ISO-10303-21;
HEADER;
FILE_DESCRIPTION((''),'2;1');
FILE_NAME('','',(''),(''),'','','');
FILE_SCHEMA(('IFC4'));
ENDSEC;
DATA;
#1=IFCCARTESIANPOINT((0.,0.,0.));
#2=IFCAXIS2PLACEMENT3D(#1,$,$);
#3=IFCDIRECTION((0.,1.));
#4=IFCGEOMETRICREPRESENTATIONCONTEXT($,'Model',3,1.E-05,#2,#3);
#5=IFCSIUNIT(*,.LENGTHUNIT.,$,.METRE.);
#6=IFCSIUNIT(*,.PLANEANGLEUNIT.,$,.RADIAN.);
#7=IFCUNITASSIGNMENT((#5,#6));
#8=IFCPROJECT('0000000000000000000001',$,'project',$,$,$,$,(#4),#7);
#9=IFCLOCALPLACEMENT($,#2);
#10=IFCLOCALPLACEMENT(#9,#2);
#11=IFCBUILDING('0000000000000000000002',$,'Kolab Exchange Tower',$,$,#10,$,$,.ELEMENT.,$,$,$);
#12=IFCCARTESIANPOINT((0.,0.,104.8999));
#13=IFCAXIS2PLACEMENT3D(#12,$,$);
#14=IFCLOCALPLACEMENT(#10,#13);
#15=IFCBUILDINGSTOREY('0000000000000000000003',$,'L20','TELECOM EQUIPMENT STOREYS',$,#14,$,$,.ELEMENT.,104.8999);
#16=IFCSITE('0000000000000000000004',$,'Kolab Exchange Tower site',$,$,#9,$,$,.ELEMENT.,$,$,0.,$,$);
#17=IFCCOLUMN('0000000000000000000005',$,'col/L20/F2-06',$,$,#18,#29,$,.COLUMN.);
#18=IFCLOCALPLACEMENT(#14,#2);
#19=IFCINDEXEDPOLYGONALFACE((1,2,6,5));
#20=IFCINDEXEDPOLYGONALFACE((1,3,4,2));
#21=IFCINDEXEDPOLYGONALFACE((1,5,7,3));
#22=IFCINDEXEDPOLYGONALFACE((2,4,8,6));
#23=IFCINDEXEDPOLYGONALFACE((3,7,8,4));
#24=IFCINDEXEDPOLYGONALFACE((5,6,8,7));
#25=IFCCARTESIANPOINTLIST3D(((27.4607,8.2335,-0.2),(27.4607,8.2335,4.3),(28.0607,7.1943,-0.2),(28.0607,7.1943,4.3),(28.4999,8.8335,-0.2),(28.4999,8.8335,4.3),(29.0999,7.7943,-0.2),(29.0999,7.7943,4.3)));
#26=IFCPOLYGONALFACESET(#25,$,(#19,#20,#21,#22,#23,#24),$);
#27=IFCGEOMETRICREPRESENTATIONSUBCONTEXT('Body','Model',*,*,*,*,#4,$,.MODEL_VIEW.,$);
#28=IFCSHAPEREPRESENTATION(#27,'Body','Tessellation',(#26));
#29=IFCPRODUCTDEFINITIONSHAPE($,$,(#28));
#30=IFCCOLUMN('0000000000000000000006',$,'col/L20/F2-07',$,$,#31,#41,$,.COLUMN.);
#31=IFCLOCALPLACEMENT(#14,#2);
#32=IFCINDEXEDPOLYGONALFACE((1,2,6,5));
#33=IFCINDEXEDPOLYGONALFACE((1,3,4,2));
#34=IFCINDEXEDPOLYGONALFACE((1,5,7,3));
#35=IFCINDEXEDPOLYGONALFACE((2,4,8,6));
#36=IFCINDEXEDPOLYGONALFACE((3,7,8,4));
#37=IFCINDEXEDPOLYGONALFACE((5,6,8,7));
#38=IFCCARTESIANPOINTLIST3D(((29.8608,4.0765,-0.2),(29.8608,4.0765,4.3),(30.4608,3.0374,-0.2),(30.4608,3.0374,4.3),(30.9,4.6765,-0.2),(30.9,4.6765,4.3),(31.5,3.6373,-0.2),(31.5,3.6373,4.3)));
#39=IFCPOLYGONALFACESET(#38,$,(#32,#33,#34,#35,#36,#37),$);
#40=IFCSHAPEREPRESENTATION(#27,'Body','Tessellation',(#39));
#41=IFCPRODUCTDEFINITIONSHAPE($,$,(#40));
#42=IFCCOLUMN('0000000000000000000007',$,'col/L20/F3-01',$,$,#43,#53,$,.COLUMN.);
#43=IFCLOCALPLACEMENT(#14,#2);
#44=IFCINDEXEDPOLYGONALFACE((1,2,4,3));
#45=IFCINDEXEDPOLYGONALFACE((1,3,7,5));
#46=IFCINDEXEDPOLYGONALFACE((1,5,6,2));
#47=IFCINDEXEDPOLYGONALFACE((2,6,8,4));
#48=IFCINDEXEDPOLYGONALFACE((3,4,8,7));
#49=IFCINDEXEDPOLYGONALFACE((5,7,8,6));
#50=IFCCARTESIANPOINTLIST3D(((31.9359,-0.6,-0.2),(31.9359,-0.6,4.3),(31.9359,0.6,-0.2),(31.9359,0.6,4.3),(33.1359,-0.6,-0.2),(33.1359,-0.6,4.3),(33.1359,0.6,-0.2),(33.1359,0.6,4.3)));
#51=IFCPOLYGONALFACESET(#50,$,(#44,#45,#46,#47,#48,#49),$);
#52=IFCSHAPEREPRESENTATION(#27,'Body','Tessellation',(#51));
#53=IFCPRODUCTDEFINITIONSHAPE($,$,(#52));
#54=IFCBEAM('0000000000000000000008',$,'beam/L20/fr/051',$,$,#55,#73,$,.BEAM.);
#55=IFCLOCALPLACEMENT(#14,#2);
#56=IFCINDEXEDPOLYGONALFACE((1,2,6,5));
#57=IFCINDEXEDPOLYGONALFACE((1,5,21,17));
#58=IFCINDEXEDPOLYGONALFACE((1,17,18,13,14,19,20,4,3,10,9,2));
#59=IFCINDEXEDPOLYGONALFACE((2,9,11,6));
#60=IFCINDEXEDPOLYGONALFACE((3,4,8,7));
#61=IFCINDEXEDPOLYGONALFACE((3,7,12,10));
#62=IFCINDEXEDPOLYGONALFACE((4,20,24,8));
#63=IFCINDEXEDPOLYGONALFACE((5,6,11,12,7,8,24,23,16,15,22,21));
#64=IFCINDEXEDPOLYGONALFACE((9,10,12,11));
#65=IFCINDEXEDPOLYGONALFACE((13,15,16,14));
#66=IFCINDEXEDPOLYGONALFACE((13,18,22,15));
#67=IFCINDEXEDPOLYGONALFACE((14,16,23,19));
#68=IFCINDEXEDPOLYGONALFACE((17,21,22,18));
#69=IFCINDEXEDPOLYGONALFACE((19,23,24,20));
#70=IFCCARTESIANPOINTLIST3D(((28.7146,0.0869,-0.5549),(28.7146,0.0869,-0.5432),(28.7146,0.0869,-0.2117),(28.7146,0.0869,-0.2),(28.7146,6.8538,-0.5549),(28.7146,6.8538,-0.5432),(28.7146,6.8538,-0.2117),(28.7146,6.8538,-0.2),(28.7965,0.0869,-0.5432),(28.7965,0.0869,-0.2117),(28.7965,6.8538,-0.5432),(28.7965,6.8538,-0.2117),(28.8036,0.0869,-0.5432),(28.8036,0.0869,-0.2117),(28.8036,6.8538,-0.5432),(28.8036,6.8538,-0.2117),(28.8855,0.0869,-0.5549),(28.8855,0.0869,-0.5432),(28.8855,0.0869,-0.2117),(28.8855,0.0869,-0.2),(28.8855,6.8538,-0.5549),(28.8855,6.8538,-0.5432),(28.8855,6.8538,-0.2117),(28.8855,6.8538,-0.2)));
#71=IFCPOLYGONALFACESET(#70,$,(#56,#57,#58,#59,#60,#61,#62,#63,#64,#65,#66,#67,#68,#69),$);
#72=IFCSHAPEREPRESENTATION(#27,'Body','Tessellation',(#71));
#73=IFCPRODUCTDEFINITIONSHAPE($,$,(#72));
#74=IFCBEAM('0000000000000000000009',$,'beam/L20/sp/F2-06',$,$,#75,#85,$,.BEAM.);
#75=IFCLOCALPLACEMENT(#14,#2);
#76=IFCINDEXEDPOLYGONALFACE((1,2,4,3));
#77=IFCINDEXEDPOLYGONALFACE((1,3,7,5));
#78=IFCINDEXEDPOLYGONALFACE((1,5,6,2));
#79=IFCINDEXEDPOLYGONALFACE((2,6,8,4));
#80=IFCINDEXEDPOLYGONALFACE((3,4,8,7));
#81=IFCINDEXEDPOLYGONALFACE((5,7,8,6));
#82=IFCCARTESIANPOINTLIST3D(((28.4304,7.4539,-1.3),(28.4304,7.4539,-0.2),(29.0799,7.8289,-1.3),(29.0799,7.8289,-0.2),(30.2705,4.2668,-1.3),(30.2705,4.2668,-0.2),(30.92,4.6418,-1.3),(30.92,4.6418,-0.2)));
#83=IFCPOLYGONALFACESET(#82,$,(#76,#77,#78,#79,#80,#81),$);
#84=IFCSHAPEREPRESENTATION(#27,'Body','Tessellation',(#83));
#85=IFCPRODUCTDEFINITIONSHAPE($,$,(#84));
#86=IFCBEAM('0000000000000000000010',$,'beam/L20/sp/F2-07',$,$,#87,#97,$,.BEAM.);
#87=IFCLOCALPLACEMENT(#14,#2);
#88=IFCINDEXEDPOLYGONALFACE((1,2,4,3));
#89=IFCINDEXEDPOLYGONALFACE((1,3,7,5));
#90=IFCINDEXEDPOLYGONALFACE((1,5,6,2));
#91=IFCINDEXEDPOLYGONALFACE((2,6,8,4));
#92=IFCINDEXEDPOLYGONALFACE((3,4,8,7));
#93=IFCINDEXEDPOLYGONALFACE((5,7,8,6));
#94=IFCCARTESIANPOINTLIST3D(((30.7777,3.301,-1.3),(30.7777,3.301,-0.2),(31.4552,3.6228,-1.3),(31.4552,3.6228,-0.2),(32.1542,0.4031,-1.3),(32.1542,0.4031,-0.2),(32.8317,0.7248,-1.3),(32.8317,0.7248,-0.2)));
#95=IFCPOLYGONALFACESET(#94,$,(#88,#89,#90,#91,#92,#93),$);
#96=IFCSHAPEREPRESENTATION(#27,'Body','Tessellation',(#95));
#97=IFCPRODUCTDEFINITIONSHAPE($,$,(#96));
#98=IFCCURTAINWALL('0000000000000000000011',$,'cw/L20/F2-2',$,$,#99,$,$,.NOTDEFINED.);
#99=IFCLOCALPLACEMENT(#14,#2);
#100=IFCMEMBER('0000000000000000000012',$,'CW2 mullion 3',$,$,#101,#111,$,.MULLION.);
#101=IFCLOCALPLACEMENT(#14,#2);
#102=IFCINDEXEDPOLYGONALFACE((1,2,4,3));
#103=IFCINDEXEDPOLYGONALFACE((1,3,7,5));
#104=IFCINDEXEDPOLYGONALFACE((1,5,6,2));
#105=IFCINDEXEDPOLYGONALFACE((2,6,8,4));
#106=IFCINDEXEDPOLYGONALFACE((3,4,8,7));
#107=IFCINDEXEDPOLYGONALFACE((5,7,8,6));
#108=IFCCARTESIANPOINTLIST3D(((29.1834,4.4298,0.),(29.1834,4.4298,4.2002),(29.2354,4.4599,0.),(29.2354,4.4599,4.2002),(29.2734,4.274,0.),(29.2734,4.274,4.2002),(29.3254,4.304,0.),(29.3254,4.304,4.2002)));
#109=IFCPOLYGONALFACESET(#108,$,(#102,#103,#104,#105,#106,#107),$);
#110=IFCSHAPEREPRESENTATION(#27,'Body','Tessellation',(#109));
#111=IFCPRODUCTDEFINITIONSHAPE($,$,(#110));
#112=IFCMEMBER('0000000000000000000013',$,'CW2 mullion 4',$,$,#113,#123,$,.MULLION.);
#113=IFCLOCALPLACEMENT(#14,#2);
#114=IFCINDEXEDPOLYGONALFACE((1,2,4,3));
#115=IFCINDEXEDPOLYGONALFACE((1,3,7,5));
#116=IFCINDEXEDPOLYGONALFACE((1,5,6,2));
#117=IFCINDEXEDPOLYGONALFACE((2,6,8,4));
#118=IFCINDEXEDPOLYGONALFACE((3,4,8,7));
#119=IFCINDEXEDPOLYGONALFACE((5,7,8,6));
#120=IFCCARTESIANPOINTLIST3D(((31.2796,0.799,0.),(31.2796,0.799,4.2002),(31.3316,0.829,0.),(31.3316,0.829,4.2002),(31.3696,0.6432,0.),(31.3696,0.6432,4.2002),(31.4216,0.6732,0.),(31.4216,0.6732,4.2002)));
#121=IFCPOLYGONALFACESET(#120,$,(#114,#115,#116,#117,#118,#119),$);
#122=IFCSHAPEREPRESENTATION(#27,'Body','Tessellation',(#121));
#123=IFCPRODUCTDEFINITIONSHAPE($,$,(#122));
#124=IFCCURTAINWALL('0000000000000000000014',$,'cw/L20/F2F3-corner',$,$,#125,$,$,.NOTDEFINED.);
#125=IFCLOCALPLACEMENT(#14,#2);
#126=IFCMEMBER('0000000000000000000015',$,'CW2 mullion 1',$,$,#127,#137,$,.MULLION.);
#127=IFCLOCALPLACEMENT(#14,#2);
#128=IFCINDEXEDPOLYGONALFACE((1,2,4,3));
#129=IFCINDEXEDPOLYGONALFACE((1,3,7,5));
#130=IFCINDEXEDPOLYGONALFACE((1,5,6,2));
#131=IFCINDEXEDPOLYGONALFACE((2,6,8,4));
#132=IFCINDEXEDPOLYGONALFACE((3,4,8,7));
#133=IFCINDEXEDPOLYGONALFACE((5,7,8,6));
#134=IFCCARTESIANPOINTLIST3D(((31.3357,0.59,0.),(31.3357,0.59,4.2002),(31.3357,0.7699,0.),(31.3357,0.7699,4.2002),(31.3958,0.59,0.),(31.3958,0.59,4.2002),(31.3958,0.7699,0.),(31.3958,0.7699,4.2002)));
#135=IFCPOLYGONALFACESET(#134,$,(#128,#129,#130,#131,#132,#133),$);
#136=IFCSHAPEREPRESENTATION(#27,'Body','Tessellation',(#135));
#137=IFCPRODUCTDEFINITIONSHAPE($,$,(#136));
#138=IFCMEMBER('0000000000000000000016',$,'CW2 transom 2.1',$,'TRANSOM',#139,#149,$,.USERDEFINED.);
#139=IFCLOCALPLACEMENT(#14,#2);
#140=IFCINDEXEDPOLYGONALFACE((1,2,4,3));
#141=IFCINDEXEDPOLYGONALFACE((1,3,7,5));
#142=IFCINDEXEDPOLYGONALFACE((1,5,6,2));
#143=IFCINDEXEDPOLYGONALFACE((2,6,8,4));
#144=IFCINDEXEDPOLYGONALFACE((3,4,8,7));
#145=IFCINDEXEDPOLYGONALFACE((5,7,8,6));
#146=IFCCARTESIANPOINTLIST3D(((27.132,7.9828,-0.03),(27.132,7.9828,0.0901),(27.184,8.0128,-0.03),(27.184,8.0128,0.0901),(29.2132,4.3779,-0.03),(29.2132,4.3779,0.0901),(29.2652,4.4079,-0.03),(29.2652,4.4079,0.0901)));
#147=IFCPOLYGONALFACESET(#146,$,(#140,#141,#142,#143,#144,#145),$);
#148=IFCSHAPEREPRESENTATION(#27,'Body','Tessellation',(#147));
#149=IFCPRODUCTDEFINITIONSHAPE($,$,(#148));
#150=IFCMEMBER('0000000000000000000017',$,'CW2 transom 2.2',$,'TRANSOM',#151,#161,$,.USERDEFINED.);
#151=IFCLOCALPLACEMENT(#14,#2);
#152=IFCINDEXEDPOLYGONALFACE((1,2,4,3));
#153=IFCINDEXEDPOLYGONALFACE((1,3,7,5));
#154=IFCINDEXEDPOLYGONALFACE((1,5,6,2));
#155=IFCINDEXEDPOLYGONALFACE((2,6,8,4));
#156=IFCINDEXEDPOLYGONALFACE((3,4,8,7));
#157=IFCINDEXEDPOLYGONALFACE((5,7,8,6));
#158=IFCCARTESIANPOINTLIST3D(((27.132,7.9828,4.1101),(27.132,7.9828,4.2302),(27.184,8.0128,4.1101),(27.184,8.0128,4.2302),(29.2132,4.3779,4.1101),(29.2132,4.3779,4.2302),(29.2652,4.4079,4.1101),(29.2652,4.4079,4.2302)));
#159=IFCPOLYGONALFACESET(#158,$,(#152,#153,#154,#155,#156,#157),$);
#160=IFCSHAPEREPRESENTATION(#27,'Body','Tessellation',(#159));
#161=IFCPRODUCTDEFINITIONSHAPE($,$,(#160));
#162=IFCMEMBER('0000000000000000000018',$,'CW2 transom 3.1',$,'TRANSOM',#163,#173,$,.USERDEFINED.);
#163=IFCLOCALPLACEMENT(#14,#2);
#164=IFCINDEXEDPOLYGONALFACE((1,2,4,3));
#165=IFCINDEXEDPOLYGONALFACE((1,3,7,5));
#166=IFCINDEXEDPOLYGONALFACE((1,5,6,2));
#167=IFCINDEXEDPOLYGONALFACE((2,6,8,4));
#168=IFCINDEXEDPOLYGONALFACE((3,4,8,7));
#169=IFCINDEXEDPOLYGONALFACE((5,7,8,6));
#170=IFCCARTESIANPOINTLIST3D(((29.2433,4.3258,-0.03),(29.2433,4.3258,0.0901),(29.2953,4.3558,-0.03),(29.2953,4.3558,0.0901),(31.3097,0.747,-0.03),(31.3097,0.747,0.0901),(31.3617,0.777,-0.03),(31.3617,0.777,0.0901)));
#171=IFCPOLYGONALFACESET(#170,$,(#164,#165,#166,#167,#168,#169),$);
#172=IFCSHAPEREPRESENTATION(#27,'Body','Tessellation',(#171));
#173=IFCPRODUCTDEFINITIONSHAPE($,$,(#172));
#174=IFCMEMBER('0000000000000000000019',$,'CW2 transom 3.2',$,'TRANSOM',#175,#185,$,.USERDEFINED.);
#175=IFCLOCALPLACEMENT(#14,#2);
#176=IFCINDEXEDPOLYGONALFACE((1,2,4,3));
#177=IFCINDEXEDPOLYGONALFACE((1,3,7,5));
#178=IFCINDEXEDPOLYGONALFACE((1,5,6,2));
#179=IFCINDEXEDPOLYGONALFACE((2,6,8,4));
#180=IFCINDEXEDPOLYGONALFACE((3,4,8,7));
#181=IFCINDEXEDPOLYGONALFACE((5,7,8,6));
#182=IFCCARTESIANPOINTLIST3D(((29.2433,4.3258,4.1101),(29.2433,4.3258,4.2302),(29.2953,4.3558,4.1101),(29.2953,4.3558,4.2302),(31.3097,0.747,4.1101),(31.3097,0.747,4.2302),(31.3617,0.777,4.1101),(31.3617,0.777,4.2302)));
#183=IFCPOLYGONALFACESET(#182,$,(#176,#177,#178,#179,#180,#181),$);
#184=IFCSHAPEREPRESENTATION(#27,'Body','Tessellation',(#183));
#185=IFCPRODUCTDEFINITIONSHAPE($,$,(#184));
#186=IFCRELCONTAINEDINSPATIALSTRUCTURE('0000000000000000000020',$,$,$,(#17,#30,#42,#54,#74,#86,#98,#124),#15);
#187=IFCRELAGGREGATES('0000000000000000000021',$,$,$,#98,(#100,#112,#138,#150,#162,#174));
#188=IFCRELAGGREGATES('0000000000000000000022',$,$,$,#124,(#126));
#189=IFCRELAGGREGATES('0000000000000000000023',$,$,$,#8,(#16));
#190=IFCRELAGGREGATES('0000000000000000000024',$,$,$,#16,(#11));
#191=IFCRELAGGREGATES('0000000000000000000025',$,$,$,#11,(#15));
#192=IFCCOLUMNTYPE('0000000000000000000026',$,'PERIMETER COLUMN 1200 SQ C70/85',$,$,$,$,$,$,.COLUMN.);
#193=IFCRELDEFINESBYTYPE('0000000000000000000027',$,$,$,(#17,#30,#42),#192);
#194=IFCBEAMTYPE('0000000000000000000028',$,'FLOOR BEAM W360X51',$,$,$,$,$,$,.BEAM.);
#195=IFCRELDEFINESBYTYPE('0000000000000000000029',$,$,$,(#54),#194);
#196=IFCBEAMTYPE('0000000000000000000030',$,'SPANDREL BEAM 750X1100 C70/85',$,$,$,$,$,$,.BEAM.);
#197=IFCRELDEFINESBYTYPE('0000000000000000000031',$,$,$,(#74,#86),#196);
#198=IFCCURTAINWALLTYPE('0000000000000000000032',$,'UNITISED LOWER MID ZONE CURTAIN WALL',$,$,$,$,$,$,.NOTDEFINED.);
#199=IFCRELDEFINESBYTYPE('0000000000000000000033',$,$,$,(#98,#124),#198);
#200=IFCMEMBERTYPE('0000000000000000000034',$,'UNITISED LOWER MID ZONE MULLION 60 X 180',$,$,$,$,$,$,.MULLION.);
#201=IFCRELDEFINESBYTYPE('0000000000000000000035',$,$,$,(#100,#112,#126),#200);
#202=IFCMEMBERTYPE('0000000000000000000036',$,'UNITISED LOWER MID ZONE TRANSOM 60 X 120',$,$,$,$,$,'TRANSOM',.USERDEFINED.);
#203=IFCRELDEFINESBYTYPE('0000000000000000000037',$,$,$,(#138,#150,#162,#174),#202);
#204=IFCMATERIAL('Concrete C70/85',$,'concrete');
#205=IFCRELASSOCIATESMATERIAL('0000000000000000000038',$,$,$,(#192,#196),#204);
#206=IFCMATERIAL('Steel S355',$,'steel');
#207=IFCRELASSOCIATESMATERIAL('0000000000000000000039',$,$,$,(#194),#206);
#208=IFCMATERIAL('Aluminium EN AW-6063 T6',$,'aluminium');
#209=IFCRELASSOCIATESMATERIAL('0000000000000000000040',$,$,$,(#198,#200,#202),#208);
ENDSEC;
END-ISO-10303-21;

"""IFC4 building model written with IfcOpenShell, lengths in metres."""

from ifc_helpers import new_model, si_unit, direction, frame, origin, origin_2d, place, context, subcontext, project, spatial, rectangle, i_section, extrude, material, material_profile, profile_set, type_object, element, aggregate, save


model = new_model("IFC4")

# Units and contexts
model_context = context("Model", 3, precision=1e-05, world=origin(), true_north=direction((0.0, 1.0)))
body_context = subcontext(model_context, "Body", "Model", "MODEL_VIEW")
ifc_project = project(units=[si_unit("LENGTHUNIT", "METRE"), si_unit("PLANEANGLEUNIT", "RADIAN")], contexts=[model_context])

# Site, building, storey
site_placement = place(None, origin())
site = spatial("IfcSite", under=ifc_project, at=site_placement, Name="Kolab Exchange Tower site", CompositionType="ELEMENT", RefElevation=0.0)
building_placement = place(site_placement, origin())
building = spatial("IfcBuilding", under=site, at=building_placement, Name="Kolab Exchange Tower", CompositionType="ELEMENT")
storey_placement = place(building_placement, frame((0.0, 0.0, 104.8999)))
storey = spatial("IfcBuildingStorey", under=building, at=storey_placement, Name="L20", Description="TELECOM EQUIPMENT STOREYS", CompositionType="ELEMENT", Elevation=104.8999)

# Columns
ifc_material_1 = material(Name="Concrete C70/85", Category="concrete")
ifc_material_profile_1 = material_profile(ifc_material_1, rectangle(XDim=1.2, YDim=1.2, at=origin_2d()), Name="RC1200")
ifc_profile_set_1 = profile_set([ifc_material_profile_1], Name="Concrete C70/85")
column_type = type_object("IfcColumnType", Name="PERIMETER COLUMN 1200 SQ C70/85", PredefinedType="COLUMN", material=ifc_profile_set_1)
for number, where, z_axis, x_axis, name in (
    (1, (28.2803, 8.0139, -0.2), (0.0, 0.0, 1.0), (0.866025, 0.5, 0.0), "col/L20/F2-06"),
    (2, (30.6804, 3.8569, -0.2), (0.0, 0.0, 1.0), (0.866025, 0.5, 0.0), "col/L20/F2-07"),
    (3, (32.5359, 0.0, -0.2), (0.0, 0.0, 1.0), (1.0, 0.0, 0.0), "col/L20/F3-01"),
):
    element("IfcColumn", number, at=place(storey_placement, frame(where, z_axis=z_axis, x_axis=x_axis)), inside=storey, type_object=column_type, Name=name, PredefinedType="COLUMN", context=body_context, shape_type="SweptSolid", body=[
        extrude(rectangle(XDim=1.2, YDim=1.2, at=origin_2d()), origin(), (0.0, 0.0, 1.0), 4.5),
    ])

# Beams
ifc_material_2 = material(Name="Steel S355", Category="steel")
ifc_material_profile_2 = material_profile(ifc_material_2, i_section(OverallWidth=0.1709, OverallDepth=0.355, WebThickness=0.0071, FlangeThickness=0.0117, at=origin_2d()), Name="W360X51")
ifc_profile_set_2 = profile_set([ifc_material_profile_2], Name="Steel S355")
beam_type_1 = type_object("IfcBeamType", Name="FLOOR BEAM W360X51", PredefinedType="BEAM", material=ifc_profile_set_2)
beam_1_placement = place(storey_placement, frame((28.8, 0.0869, -0.3774), z_axis=(0.0, 1.0, 0.0), x_axis=(-1.0, 0.0, 0.0)))
element("IfcBeam", 4, at=beam_1_placement, inside=storey, type_object=beam_type_1, Name="beam/L20/fr/051", PredefinedType="BEAM", context=body_context, shape_type="SweptSolid", body=[
    extrude(i_section(OverallWidth=0.1709, OverallDepth=0.355, WebThickness=0.0071, FlangeThickness=0.0117, at=origin_2d()), origin(), (0.0, 0.0, 1.0), 6.7668),
])
ifc_material_profile_3 = material_profile(ifc_material_1, rectangle(XDim=0.75, YDim=1.1001, at=origin_2d()), Name="RC750X1100")
ifc_profile_set_3 = profile_set([ifc_material_profile_3], Name="Concrete C70/85")
beam_type_2 = type_object("IfcBeamType", Name="SPANDREL BEAM 750X1100 C70/85", PredefinedType="BEAM", material=ifc_profile_set_3)
beam_2_placement = place(storey_placement, frame((28.7551, 7.6414, -0.75), z_axis=(0.500013, -0.866018, 0.0), x_axis=(0.866018, 0.500013, 0.0)))
element("IfcBeam", 5, at=beam_2_placement, inside=storey, type_object=beam_type_2, Name="beam/L20/sp/F2-06", PredefinedType="BEAM", context=body_context, shape_type="SweptSolid", body=[
    extrude(rectangle(XDim=0.75, YDim=1.1001, at=origin_2d()), origin(), (0.0, 0.0, 1.0), 3.6802),
])
beam_3_placement = place(storey_placement, frame((31.1165, 3.4619, -0.75), z_axis=(0.429041, -0.903285, 0.0), x_axis=(0.903285, 0.429041, 0.0)))
element("IfcBeam", 6, at=beam_3_placement, inside=storey, type_object=beam_type_2, Name="beam/L20/sp/F2-07", PredefinedType="BEAM", context=body_context, shape_type="SweptSolid", body=[
    extrude(rectangle(XDim=0.75, YDim=1.1001, at=origin_2d()), origin(), (0.0, 0.0, 1.0), 3.2083),
])

# Curtain wall, members
ifc_material_3 = material(Name="Aluminium EN AW-6063 T6", Category="aluminium")
curtain_wall_type = type_object("IfcCurtainWallType", Name="UNITISED LOWER MID ZONE CURTAIN WALL", PredefinedType="NOTDEFINED", material=ifc_material_3)
curtain_wall_1_placement = place(storey_placement, origin())
curtain_wall_1 = element("IfcCurtainWall", 7, at=curtain_wall_1_placement, inside=storey, type_object=curtain_wall_type, Name="cw/L20/F2-2", PredefinedType="NOTDEFINED")
ifc_material_profile_4 = material_profile(ifc_material_3, rectangle(XDim=0.0601, YDim=0.1799, at=origin_2d()), Name="RECT 60X180")
ifc_profile_set_4 = profile_set([ifc_material_profile_4], Name="Aluminium EN AW-6063 T6")
member_type_1 = type_object("IfcMemberType", Name="UNITISED LOWER MID ZONE MULLION 60 X 180", PredefinedType="MULLION", material=ifc_profile_set_4)
member_1_placement = place(storey_placement, frame((29.2544, 4.3669, 0.0), z_axis=(0.0, 0.0, 1.0), x_axis=(0.866025, 0.5, 0.0)))
member_1 = element("IfcMember", 8, at=member_1_placement, type_object=member_type_1, Name="CW2 mullion 3", PredefinedType="MULLION", context=body_context, shape_type="SweptSolid", body=[
    extrude(rectangle(XDim=0.0601, YDim=0.1799, at=origin_2d()), origin(), (0.0, 0.0, 1.0), 4.2002),
])
member_2_placement = place(storey_placement, frame((31.3506, 0.7361, 0.0), z_axis=(0.0, 0.0, 1.0), x_axis=(0.866025, 0.5, 0.0)))
member_2 = element("IfcMember", 9, at=member_2_placement, type_object=member_type_1, Name="CW2 mullion 4", PredefinedType="MULLION", context=body_context, shape_type="SweptSolid", body=[
    extrude(rectangle(XDim=0.0601, YDim=0.1799, at=origin_2d()), origin(), (0.0, 0.0, 1.0), 4.2002),
])

# Curtain wall, member
curtain_wall_2_placement = place(storey_placement, origin())
curtain_wall_2 = element("IfcCurtainWall", 10, at=curtain_wall_2_placement, inside=storey, type_object=curtain_wall_type, Name="cw/L20/F2F3-corner", PredefinedType="NOTDEFINED")
member_3_placement = place(storey_placement, frame((31.3657, 0.6799, 0.0), z_axis=(0.0, 0.0, 1.0), x_axis=(1.0, 0.0, 0.0)))
member_3 = element("IfcMember", 11, at=member_3_placement, type_object=member_type_1, Name="CW2 mullion 1", PredefinedType="MULLION", context=body_context, shape_type="SweptSolid", body=[
    extrude(rectangle(XDim=0.0601, YDim=0.1799, at=origin_2d()), origin(), (0.0, 0.0, 1.0), 4.2002),
])

# Members
ifc_material_profile_5 = material_profile(ifc_material_3, rectangle(XDim=0.0601, YDim=0.1201, at=origin_2d()), Name="RECT 60X120")
ifc_profile_set_5 = profile_set([ifc_material_profile_5], Name="Aluminium EN AW-6063 T6")
member_type_2 = type_object("IfcMemberType", Name="UNITISED LOWER MID ZONE TRANSOM 60 X 120", ElementType="TRANSOM", PredefinedType="USERDEFINED", material=ifc_profile_set_5)
member_4_placement = place(storey_placement, frame((27.158, 7.9978, 0.03), z_axis=(0.499993, -0.866029, 0.0), x_axis=(0.866029, 0.499993, 0.0)))
member_4 = element("IfcMember", 12, at=member_4_placement, type_object=member_type_2, Name="CW2 transom 2.1", ObjectType="TRANSOM", PredefinedType="USERDEFINED", context=body_context, shape_type="SweptSolid", body=[
    extrude(rectangle(XDim=0.0601, YDim=0.1201, at=origin_2d()), origin(), (0.0, 0.0, 1.0), 4.1626),
])
member_5_placement = place(storey_placement, frame((27.158, 7.9978, 4.1702), z_axis=(0.499993, -0.866029, 0.0), x_axis=(0.866029, 0.499993, 0.0)))
member_5 = element("IfcMember", 13, at=member_5_placement, type_object=member_type_2, Name="CW2 transom 2.2", ObjectType="TRANSOM", PredefinedType="USERDEFINED", context=body_context, shape_type="SweptSolid", body=[
    extrude(rectangle(XDim=0.0601, YDim=0.1201, at=origin_2d()), origin(), (0.0, 0.0, 1.0), 4.1626),
])
member_6_placement = place(storey_placement, frame((29.2693, 4.3408, 0.03), z_axis=(0.500028, -0.866009, 0.0), x_axis=(0.866009, 0.500028, 0.0)))
member_6 = element("IfcMember", 14, at=member_6_placement, type_object=member_type_2, Name="CW2 transom 3.1", ObjectType="TRANSOM", PredefinedType="USERDEFINED", context=body_context, shape_type="SweptSolid", body=[
    extrude(rectangle(XDim=0.0601, YDim=0.1201, at=origin_2d()), origin(), (0.0, 0.0, 1.0), 4.1326),
])
member_7_placement = place(storey_placement, frame((29.2693, 4.3408, 4.1702), z_axis=(0.500028, -0.866009, 0.0), x_axis=(0.866009, 0.500028, 0.0)))
member_7 = element("IfcMember", 15, at=member_7_placement, type_object=member_type_2, Name="CW2 transom 3.2", ObjectType="TRANSOM", PredefinedType="USERDEFINED", context=body_context, shape_type="SweptSolid", body=[
    extrude(rectangle(XDim=0.0601, YDim=0.1201, at=origin_2d()), origin(), (0.0, 0.0, 1.0), 4.1326),
])

aggregate(curtain_wall_1, [member_1, member_2, member_4, member_5, member_6, member_7])
aggregate(curtain_wall_2, [member_3])

save(model, "model.ifc")
